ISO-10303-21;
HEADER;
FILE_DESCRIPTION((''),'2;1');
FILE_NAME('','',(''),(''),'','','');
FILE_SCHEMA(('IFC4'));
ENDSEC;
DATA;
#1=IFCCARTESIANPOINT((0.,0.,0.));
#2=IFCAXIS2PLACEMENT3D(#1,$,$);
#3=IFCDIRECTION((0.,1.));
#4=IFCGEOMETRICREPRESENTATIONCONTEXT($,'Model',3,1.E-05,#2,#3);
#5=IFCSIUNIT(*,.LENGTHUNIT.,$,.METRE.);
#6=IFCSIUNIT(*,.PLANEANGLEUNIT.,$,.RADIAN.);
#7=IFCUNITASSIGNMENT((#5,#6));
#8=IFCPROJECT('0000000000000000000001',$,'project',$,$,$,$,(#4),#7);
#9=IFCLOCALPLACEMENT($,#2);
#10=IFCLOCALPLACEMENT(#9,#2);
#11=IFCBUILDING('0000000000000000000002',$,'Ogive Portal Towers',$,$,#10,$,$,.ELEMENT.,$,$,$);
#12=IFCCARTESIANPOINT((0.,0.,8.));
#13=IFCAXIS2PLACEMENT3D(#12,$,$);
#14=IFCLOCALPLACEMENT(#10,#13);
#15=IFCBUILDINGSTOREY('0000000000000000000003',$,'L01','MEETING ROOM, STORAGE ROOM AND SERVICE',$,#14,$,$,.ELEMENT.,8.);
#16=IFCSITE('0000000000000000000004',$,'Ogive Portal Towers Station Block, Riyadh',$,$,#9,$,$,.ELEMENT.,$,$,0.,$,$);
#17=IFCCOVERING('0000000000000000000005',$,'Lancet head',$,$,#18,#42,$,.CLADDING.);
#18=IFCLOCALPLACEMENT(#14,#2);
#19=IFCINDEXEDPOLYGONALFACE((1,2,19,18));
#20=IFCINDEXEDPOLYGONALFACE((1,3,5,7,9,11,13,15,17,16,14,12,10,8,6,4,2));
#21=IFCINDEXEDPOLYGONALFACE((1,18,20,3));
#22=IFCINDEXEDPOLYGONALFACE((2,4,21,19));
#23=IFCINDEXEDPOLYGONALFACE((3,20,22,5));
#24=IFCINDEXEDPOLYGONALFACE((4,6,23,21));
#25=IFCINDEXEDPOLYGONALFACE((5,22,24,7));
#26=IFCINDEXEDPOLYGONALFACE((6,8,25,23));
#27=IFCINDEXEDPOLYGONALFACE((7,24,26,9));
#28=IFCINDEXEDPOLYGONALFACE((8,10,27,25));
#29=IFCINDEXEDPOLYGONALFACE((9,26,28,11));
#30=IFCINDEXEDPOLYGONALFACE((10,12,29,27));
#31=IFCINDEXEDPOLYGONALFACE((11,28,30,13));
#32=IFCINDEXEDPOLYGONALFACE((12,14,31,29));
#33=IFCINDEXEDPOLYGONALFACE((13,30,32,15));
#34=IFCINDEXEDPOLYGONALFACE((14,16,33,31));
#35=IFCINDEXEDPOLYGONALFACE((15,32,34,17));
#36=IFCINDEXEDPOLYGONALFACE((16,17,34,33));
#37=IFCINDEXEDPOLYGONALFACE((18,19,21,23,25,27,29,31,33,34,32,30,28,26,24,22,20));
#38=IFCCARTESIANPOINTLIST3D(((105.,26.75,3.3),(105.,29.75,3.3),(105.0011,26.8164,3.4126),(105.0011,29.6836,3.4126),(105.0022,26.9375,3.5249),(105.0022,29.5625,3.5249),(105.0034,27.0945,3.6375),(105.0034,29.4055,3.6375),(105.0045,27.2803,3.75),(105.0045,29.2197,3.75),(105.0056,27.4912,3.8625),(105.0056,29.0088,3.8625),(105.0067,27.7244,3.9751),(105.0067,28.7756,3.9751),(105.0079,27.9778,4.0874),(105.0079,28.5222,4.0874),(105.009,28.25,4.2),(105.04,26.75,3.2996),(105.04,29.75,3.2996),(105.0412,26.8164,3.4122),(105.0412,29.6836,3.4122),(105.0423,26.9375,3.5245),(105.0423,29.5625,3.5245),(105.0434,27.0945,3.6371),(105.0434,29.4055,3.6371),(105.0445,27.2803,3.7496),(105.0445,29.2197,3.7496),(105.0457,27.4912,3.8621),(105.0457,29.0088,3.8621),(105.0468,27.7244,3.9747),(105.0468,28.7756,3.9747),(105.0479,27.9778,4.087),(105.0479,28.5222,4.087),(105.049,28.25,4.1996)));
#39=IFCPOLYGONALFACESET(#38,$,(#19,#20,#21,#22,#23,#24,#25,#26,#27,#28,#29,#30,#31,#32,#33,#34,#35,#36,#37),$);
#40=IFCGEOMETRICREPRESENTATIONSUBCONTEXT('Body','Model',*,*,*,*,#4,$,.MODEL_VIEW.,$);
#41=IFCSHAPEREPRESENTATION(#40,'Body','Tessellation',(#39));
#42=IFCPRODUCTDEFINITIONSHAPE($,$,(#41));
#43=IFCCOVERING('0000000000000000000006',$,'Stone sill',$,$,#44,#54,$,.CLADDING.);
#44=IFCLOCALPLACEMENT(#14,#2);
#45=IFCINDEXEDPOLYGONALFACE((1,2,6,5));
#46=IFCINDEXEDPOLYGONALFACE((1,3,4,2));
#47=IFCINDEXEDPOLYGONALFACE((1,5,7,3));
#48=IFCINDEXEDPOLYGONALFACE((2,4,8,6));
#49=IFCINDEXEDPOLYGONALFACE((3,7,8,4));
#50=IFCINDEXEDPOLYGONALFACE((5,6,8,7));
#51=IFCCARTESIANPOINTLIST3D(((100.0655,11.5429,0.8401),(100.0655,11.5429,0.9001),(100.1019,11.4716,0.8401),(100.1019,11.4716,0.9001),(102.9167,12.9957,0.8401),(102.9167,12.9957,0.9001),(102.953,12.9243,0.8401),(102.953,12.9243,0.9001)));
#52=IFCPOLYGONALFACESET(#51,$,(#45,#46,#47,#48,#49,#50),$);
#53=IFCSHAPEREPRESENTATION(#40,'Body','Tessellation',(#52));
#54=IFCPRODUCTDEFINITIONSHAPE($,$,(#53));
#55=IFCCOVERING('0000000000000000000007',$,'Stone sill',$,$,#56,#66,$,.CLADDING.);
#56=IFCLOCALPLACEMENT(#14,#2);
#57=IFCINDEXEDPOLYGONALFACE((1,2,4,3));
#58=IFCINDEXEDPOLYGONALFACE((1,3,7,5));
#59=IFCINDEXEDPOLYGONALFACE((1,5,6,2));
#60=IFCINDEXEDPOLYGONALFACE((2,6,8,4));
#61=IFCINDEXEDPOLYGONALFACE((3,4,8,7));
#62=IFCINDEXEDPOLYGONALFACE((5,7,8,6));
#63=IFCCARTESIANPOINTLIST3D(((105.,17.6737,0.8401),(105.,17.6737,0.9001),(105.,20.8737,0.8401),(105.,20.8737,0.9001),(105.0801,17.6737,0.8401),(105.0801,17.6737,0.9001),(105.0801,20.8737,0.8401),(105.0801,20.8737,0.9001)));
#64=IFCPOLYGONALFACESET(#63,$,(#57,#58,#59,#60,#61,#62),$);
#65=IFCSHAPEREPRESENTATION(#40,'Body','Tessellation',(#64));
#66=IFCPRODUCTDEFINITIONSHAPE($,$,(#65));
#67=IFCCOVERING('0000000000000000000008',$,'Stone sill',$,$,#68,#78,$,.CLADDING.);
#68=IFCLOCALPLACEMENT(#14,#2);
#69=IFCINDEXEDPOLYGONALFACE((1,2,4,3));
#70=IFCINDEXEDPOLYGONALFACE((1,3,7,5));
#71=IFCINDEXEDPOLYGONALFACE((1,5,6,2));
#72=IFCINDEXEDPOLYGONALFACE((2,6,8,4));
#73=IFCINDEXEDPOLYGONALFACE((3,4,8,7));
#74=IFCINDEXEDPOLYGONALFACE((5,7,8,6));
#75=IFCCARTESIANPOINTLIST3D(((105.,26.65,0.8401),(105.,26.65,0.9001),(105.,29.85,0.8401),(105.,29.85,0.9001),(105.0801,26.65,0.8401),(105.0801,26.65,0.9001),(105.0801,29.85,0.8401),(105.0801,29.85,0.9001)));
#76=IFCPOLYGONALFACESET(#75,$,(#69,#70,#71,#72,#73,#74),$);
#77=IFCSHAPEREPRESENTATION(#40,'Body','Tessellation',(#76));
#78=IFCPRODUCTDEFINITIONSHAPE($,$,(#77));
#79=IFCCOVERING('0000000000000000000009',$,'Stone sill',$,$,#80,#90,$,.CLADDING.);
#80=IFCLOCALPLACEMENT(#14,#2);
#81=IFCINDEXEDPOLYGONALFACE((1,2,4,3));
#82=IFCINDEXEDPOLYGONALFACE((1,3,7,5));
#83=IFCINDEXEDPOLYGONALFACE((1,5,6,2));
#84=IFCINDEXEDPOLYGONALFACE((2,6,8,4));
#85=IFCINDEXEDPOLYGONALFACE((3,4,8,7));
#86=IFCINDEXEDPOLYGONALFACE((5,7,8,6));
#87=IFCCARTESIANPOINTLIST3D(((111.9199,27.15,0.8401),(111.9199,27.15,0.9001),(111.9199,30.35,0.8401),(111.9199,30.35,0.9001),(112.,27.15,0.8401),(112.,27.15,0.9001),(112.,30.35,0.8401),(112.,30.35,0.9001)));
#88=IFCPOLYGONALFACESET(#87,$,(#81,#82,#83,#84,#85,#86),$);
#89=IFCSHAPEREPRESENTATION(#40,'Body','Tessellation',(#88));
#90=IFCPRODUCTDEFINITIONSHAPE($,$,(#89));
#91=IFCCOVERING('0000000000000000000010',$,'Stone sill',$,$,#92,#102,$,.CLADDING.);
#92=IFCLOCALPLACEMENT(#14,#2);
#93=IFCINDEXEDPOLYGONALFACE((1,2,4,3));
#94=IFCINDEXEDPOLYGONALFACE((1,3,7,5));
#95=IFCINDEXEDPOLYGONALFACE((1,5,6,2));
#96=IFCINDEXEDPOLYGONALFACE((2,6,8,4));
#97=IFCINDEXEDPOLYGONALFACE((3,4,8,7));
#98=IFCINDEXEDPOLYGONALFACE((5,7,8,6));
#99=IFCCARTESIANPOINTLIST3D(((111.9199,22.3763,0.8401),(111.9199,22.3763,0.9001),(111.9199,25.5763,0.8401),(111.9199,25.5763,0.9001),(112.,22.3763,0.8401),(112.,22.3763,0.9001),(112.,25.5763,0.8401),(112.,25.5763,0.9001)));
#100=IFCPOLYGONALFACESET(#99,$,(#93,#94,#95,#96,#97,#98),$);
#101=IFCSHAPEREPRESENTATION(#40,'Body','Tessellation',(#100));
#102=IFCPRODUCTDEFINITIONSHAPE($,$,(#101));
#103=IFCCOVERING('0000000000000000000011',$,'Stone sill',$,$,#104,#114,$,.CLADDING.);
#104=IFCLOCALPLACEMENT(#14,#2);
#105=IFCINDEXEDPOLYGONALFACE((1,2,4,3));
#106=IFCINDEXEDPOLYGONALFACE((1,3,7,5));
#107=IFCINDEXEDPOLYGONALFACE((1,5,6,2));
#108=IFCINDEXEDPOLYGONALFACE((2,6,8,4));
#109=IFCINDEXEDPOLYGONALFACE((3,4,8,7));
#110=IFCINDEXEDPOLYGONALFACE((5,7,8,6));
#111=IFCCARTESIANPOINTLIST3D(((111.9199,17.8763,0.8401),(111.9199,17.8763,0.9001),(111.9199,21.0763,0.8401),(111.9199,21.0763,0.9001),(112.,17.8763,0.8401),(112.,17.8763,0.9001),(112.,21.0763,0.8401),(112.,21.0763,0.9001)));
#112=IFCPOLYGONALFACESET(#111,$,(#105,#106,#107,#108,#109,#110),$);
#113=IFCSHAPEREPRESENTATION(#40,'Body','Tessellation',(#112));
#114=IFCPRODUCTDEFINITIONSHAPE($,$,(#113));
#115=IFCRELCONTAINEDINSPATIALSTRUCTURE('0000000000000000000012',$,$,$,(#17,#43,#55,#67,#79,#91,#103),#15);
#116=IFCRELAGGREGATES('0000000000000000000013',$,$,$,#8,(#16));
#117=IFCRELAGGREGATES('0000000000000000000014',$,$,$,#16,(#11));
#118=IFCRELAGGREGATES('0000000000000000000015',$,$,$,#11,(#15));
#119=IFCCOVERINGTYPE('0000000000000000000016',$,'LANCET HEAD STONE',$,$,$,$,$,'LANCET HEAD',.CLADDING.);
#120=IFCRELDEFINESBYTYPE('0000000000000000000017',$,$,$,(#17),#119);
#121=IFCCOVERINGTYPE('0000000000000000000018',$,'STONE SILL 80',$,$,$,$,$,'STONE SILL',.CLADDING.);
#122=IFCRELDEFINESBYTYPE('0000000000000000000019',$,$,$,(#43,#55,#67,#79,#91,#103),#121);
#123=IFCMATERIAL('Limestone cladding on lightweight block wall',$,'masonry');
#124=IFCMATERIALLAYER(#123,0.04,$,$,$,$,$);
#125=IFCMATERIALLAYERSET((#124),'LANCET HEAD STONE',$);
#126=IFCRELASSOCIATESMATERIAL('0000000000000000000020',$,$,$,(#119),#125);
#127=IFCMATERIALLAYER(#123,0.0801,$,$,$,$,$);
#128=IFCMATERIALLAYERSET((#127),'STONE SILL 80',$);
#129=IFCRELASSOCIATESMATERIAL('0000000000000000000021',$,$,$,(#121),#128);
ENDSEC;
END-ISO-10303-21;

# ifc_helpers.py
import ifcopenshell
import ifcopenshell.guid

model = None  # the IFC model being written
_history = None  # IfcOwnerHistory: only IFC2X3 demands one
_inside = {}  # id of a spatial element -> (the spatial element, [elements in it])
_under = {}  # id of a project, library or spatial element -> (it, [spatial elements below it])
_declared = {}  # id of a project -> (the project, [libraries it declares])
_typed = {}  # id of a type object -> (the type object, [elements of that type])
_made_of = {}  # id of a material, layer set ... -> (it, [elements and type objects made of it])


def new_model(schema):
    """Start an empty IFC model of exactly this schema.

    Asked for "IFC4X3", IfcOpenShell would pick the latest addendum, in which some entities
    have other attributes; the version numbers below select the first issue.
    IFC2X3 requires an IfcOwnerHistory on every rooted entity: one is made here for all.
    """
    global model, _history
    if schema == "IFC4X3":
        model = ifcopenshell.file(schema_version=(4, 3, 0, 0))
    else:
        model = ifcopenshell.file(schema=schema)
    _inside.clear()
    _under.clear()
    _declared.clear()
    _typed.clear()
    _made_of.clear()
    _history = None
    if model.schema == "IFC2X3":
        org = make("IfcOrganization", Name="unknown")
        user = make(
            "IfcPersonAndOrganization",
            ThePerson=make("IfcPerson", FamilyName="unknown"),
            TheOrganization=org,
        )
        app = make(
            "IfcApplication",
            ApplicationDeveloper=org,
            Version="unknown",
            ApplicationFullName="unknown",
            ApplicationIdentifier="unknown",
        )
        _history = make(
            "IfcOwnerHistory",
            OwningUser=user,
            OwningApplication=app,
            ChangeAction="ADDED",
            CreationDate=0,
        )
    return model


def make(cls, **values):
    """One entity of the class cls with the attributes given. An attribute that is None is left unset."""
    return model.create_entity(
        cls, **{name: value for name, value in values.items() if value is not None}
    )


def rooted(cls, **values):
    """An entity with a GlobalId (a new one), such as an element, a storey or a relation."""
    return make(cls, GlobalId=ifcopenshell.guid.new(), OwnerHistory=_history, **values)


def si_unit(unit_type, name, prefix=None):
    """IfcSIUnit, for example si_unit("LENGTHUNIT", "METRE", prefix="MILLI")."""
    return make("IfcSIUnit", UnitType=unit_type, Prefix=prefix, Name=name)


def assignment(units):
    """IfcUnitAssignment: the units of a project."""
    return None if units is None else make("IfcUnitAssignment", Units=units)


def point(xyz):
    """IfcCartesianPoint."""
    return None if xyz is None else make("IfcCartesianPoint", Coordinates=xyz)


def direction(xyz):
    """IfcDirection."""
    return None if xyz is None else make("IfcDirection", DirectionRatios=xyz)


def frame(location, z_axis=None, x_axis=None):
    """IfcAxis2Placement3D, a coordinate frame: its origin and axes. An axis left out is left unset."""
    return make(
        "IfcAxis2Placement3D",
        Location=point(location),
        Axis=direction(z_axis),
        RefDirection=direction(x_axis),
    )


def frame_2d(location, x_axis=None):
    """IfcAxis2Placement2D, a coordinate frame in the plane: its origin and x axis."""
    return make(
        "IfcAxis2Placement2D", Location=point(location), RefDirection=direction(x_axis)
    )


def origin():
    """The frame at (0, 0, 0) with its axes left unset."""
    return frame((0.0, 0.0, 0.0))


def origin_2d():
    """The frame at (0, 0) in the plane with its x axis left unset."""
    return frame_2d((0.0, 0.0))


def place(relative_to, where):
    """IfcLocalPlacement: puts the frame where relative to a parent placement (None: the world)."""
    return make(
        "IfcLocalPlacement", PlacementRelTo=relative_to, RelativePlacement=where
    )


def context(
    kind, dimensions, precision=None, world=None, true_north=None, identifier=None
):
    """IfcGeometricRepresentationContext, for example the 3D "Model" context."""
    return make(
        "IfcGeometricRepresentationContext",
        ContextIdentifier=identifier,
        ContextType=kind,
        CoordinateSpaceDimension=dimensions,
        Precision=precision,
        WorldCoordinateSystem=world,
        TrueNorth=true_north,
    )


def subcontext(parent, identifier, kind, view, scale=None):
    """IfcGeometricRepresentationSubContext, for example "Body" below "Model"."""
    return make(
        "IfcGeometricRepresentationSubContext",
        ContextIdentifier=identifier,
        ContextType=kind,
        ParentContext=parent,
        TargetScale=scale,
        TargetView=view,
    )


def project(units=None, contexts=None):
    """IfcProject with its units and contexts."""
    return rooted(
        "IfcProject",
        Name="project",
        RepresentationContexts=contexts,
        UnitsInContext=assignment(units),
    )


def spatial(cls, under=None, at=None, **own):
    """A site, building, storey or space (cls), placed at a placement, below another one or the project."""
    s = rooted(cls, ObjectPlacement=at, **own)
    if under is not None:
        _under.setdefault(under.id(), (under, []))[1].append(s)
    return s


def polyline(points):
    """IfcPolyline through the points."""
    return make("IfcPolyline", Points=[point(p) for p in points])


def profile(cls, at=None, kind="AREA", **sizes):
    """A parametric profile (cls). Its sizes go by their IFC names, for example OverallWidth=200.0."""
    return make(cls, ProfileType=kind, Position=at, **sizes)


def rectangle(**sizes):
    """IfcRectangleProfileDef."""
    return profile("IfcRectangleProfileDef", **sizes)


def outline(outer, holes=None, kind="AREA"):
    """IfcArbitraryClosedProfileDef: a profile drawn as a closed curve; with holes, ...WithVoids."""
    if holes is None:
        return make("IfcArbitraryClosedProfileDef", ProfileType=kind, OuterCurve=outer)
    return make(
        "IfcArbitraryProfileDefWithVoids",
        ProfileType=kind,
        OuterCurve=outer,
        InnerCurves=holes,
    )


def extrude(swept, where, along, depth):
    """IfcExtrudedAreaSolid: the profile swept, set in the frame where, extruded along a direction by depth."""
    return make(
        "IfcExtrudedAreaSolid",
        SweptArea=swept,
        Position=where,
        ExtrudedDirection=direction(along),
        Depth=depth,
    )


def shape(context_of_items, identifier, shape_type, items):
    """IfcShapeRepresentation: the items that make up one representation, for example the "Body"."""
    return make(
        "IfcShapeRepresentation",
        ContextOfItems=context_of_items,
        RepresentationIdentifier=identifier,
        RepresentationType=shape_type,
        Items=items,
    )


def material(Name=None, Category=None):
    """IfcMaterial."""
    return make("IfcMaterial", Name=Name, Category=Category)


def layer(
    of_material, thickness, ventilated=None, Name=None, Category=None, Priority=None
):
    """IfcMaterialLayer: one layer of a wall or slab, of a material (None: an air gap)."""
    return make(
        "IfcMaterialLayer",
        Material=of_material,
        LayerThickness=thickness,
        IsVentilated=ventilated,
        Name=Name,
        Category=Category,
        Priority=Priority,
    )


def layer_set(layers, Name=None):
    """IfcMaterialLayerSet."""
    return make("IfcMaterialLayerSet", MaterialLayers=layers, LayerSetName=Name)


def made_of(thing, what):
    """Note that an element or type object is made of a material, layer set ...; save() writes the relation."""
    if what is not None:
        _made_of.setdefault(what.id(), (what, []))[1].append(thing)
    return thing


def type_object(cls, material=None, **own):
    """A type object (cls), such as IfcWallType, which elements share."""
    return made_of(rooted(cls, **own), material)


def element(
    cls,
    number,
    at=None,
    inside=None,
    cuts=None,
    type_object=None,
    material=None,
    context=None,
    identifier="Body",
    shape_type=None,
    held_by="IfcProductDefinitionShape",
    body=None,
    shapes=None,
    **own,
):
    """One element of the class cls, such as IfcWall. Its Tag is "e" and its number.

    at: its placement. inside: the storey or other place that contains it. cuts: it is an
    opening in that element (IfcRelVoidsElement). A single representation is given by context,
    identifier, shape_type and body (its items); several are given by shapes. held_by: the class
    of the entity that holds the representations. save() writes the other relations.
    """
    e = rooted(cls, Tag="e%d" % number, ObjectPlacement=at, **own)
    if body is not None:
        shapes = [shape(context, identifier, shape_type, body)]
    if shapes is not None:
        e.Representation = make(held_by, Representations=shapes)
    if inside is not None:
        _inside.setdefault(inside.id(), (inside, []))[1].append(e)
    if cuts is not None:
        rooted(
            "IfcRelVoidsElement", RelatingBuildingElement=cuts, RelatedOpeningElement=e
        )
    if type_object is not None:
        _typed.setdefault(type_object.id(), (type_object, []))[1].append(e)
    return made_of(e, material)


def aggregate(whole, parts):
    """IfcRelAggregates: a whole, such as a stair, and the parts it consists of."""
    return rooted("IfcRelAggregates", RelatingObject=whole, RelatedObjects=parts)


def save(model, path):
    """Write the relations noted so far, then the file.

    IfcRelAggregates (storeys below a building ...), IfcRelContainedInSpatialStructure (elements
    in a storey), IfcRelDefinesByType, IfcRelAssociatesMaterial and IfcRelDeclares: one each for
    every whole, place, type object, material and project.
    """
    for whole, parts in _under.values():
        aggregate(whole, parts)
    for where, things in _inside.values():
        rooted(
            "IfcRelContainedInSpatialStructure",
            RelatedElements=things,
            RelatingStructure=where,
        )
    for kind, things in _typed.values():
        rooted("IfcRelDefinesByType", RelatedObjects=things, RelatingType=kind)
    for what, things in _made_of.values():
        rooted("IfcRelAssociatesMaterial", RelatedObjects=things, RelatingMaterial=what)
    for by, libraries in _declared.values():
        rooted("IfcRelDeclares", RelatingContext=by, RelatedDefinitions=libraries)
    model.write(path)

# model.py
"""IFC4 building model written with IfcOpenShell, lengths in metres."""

from ifc_helpers import new_model, si_unit, direction, frame, origin, origin_2d, place, context, subcontext, project, spatial, polyline, rectangle, outline, extrude, material, layer, layer_set, type_object, element, save


model = new_model("IFC4")

# Units and contexts
model_context = context("Model", 3, precision=1e-05, world=origin(), true_north=direction((0.0, 1.0)))
body_context = subcontext(model_context, "Body", "Model", "MODEL_VIEW")
ifc_project = project(units=[si_unit("LENGTHUNIT", "METRE"), si_unit("PLANEANGLEUNIT", "RADIAN")], contexts=[model_context])

# Site, building, storey
site_placement = place(None, origin())
site = spatial("IfcSite", under=ifc_project, at=site_placement, Name="Ogive Portal Towers Station Block, Riyadh", CompositionType="ELEMENT", RefElevation=0.0)
building_placement = place(site_placement, origin())
building = spatial("IfcBuilding", under=site, at=building_placement, Name="Ogive Portal Towers", CompositionType="ELEMENT")
storey_placement = place(building_placement, frame((0.0, 0.0, 8.0)))
storey = spatial("IfcBuildingStorey", under=building, at=storey_placement, Name="L01", Description="MEETING ROOM, STORAGE ROOM AND SERVICE", CompositionType="ELEMENT", Elevation=8.0)

# Shared definitions
ifc_material_1 = material(Name="Limestone cladding on lightweight block wall", Category="masonry")

# Coverings
ifc_layer_1 = layer(ifc_material_1, 0.04)
ifc_layer_set_1 = layer_set([ifc_layer_1], Name="LANCET HEAD STONE")
covering_type_1 = type_object("IfcCoveringType", Name="LANCET HEAD STONE", ElementType="LANCET HEAD", PredefinedType="CLADDING", material=ifc_layer_set_1)
covering_1_placement = place(storey_placement, frame((105.0, 26.75, 3.3), z_axis=(-0.99995, 0.0, 0.009994), x_axis=(0.0, 1.0, 0.0)))
element("IfcCovering", 1, at=covering_1_placement, inside=storey, type_object=covering_type_1, Name="Lancet head", PredefinedType="CLADDING", context=body_context, shape_type="SweptSolid", body=[
    extrude(outline(polyline([(0.0, 0.0), (3.0, 0.0), (2.9336, -0.1126), (2.8125, -0.2249), (2.6555, -0.3374), (2.4697, -0.45), (2.2588, -0.5625), (2.0256, -0.6751), (1.7722, -0.7874), (1.5, -0.8999), (1.2278, -0.7874), (0.9744, -0.6751), (0.7412, -0.5625), (0.5303, -0.45), (0.3445, -0.3374), (0.1875, -0.2249), (0.0664, -0.1126), (0.0, 0.0)])), origin(), (0.0, 0.0, -1.0), 0.04),
])
ifc_layer_2 = layer(ifc_material_1, 0.0801)
ifc_layer_set_2 = layer_set([ifc_layer_2], Name="STONE SILL 80")
covering_type_2 = type_object("IfcCoveringType", Name="STONE SILL 80", ElementType="STONE SILL", PredefinedType="CLADDING", material=ifc_layer_set_2)
for number, where, z_axis, x_axis, name in (
    (2, (101.5093, 12.2336, 0.8401), (0.0, 0.0, 1.0), (0.891007, 0.45399, 0.0), "Stone sill"),
    (3, (105.04, 19.2737, 0.8401), (0.0, 0.0, 1.0), (0.0, 1.0, 0.0), "Stone sill"),
    (4, (105.04, 28.25, 0.8401), (0.0, 0.0, 1.0), (0.0, 1.0, 0.0), "Stone sill"),
    (5, (111.96, 28.75, 0.8401), (0.0, 0.0, 1.0), (0.0, -1.0, 0.0), "Stone sill"),
    (6, (111.96, 23.9763, 0.8401), (0.0, 0.0, 1.0), (0.0, -1.0, 0.0), "Stone sill"),
    (7, (111.96, 19.4763, 0.8401), (0.0, 0.0, 1.0), (0.0, -1.0, 0.0), "Stone sill"),
):
    element("IfcCovering", number, at=place(storey_placement, frame(where, z_axis=z_axis, x_axis=x_axis)), inside=storey, type_object=covering_type_2, Name=name, PredefinedType="CLADDING", context=body_context, shape_type="SweptSolid", body=[
        extrude(rectangle(XDim=3.2, YDim=0.0801, at=origin_2d()), origin(), (0.0, 0.0, 1.0), 0.0601),
    ])

save(model, "model.ifc")
